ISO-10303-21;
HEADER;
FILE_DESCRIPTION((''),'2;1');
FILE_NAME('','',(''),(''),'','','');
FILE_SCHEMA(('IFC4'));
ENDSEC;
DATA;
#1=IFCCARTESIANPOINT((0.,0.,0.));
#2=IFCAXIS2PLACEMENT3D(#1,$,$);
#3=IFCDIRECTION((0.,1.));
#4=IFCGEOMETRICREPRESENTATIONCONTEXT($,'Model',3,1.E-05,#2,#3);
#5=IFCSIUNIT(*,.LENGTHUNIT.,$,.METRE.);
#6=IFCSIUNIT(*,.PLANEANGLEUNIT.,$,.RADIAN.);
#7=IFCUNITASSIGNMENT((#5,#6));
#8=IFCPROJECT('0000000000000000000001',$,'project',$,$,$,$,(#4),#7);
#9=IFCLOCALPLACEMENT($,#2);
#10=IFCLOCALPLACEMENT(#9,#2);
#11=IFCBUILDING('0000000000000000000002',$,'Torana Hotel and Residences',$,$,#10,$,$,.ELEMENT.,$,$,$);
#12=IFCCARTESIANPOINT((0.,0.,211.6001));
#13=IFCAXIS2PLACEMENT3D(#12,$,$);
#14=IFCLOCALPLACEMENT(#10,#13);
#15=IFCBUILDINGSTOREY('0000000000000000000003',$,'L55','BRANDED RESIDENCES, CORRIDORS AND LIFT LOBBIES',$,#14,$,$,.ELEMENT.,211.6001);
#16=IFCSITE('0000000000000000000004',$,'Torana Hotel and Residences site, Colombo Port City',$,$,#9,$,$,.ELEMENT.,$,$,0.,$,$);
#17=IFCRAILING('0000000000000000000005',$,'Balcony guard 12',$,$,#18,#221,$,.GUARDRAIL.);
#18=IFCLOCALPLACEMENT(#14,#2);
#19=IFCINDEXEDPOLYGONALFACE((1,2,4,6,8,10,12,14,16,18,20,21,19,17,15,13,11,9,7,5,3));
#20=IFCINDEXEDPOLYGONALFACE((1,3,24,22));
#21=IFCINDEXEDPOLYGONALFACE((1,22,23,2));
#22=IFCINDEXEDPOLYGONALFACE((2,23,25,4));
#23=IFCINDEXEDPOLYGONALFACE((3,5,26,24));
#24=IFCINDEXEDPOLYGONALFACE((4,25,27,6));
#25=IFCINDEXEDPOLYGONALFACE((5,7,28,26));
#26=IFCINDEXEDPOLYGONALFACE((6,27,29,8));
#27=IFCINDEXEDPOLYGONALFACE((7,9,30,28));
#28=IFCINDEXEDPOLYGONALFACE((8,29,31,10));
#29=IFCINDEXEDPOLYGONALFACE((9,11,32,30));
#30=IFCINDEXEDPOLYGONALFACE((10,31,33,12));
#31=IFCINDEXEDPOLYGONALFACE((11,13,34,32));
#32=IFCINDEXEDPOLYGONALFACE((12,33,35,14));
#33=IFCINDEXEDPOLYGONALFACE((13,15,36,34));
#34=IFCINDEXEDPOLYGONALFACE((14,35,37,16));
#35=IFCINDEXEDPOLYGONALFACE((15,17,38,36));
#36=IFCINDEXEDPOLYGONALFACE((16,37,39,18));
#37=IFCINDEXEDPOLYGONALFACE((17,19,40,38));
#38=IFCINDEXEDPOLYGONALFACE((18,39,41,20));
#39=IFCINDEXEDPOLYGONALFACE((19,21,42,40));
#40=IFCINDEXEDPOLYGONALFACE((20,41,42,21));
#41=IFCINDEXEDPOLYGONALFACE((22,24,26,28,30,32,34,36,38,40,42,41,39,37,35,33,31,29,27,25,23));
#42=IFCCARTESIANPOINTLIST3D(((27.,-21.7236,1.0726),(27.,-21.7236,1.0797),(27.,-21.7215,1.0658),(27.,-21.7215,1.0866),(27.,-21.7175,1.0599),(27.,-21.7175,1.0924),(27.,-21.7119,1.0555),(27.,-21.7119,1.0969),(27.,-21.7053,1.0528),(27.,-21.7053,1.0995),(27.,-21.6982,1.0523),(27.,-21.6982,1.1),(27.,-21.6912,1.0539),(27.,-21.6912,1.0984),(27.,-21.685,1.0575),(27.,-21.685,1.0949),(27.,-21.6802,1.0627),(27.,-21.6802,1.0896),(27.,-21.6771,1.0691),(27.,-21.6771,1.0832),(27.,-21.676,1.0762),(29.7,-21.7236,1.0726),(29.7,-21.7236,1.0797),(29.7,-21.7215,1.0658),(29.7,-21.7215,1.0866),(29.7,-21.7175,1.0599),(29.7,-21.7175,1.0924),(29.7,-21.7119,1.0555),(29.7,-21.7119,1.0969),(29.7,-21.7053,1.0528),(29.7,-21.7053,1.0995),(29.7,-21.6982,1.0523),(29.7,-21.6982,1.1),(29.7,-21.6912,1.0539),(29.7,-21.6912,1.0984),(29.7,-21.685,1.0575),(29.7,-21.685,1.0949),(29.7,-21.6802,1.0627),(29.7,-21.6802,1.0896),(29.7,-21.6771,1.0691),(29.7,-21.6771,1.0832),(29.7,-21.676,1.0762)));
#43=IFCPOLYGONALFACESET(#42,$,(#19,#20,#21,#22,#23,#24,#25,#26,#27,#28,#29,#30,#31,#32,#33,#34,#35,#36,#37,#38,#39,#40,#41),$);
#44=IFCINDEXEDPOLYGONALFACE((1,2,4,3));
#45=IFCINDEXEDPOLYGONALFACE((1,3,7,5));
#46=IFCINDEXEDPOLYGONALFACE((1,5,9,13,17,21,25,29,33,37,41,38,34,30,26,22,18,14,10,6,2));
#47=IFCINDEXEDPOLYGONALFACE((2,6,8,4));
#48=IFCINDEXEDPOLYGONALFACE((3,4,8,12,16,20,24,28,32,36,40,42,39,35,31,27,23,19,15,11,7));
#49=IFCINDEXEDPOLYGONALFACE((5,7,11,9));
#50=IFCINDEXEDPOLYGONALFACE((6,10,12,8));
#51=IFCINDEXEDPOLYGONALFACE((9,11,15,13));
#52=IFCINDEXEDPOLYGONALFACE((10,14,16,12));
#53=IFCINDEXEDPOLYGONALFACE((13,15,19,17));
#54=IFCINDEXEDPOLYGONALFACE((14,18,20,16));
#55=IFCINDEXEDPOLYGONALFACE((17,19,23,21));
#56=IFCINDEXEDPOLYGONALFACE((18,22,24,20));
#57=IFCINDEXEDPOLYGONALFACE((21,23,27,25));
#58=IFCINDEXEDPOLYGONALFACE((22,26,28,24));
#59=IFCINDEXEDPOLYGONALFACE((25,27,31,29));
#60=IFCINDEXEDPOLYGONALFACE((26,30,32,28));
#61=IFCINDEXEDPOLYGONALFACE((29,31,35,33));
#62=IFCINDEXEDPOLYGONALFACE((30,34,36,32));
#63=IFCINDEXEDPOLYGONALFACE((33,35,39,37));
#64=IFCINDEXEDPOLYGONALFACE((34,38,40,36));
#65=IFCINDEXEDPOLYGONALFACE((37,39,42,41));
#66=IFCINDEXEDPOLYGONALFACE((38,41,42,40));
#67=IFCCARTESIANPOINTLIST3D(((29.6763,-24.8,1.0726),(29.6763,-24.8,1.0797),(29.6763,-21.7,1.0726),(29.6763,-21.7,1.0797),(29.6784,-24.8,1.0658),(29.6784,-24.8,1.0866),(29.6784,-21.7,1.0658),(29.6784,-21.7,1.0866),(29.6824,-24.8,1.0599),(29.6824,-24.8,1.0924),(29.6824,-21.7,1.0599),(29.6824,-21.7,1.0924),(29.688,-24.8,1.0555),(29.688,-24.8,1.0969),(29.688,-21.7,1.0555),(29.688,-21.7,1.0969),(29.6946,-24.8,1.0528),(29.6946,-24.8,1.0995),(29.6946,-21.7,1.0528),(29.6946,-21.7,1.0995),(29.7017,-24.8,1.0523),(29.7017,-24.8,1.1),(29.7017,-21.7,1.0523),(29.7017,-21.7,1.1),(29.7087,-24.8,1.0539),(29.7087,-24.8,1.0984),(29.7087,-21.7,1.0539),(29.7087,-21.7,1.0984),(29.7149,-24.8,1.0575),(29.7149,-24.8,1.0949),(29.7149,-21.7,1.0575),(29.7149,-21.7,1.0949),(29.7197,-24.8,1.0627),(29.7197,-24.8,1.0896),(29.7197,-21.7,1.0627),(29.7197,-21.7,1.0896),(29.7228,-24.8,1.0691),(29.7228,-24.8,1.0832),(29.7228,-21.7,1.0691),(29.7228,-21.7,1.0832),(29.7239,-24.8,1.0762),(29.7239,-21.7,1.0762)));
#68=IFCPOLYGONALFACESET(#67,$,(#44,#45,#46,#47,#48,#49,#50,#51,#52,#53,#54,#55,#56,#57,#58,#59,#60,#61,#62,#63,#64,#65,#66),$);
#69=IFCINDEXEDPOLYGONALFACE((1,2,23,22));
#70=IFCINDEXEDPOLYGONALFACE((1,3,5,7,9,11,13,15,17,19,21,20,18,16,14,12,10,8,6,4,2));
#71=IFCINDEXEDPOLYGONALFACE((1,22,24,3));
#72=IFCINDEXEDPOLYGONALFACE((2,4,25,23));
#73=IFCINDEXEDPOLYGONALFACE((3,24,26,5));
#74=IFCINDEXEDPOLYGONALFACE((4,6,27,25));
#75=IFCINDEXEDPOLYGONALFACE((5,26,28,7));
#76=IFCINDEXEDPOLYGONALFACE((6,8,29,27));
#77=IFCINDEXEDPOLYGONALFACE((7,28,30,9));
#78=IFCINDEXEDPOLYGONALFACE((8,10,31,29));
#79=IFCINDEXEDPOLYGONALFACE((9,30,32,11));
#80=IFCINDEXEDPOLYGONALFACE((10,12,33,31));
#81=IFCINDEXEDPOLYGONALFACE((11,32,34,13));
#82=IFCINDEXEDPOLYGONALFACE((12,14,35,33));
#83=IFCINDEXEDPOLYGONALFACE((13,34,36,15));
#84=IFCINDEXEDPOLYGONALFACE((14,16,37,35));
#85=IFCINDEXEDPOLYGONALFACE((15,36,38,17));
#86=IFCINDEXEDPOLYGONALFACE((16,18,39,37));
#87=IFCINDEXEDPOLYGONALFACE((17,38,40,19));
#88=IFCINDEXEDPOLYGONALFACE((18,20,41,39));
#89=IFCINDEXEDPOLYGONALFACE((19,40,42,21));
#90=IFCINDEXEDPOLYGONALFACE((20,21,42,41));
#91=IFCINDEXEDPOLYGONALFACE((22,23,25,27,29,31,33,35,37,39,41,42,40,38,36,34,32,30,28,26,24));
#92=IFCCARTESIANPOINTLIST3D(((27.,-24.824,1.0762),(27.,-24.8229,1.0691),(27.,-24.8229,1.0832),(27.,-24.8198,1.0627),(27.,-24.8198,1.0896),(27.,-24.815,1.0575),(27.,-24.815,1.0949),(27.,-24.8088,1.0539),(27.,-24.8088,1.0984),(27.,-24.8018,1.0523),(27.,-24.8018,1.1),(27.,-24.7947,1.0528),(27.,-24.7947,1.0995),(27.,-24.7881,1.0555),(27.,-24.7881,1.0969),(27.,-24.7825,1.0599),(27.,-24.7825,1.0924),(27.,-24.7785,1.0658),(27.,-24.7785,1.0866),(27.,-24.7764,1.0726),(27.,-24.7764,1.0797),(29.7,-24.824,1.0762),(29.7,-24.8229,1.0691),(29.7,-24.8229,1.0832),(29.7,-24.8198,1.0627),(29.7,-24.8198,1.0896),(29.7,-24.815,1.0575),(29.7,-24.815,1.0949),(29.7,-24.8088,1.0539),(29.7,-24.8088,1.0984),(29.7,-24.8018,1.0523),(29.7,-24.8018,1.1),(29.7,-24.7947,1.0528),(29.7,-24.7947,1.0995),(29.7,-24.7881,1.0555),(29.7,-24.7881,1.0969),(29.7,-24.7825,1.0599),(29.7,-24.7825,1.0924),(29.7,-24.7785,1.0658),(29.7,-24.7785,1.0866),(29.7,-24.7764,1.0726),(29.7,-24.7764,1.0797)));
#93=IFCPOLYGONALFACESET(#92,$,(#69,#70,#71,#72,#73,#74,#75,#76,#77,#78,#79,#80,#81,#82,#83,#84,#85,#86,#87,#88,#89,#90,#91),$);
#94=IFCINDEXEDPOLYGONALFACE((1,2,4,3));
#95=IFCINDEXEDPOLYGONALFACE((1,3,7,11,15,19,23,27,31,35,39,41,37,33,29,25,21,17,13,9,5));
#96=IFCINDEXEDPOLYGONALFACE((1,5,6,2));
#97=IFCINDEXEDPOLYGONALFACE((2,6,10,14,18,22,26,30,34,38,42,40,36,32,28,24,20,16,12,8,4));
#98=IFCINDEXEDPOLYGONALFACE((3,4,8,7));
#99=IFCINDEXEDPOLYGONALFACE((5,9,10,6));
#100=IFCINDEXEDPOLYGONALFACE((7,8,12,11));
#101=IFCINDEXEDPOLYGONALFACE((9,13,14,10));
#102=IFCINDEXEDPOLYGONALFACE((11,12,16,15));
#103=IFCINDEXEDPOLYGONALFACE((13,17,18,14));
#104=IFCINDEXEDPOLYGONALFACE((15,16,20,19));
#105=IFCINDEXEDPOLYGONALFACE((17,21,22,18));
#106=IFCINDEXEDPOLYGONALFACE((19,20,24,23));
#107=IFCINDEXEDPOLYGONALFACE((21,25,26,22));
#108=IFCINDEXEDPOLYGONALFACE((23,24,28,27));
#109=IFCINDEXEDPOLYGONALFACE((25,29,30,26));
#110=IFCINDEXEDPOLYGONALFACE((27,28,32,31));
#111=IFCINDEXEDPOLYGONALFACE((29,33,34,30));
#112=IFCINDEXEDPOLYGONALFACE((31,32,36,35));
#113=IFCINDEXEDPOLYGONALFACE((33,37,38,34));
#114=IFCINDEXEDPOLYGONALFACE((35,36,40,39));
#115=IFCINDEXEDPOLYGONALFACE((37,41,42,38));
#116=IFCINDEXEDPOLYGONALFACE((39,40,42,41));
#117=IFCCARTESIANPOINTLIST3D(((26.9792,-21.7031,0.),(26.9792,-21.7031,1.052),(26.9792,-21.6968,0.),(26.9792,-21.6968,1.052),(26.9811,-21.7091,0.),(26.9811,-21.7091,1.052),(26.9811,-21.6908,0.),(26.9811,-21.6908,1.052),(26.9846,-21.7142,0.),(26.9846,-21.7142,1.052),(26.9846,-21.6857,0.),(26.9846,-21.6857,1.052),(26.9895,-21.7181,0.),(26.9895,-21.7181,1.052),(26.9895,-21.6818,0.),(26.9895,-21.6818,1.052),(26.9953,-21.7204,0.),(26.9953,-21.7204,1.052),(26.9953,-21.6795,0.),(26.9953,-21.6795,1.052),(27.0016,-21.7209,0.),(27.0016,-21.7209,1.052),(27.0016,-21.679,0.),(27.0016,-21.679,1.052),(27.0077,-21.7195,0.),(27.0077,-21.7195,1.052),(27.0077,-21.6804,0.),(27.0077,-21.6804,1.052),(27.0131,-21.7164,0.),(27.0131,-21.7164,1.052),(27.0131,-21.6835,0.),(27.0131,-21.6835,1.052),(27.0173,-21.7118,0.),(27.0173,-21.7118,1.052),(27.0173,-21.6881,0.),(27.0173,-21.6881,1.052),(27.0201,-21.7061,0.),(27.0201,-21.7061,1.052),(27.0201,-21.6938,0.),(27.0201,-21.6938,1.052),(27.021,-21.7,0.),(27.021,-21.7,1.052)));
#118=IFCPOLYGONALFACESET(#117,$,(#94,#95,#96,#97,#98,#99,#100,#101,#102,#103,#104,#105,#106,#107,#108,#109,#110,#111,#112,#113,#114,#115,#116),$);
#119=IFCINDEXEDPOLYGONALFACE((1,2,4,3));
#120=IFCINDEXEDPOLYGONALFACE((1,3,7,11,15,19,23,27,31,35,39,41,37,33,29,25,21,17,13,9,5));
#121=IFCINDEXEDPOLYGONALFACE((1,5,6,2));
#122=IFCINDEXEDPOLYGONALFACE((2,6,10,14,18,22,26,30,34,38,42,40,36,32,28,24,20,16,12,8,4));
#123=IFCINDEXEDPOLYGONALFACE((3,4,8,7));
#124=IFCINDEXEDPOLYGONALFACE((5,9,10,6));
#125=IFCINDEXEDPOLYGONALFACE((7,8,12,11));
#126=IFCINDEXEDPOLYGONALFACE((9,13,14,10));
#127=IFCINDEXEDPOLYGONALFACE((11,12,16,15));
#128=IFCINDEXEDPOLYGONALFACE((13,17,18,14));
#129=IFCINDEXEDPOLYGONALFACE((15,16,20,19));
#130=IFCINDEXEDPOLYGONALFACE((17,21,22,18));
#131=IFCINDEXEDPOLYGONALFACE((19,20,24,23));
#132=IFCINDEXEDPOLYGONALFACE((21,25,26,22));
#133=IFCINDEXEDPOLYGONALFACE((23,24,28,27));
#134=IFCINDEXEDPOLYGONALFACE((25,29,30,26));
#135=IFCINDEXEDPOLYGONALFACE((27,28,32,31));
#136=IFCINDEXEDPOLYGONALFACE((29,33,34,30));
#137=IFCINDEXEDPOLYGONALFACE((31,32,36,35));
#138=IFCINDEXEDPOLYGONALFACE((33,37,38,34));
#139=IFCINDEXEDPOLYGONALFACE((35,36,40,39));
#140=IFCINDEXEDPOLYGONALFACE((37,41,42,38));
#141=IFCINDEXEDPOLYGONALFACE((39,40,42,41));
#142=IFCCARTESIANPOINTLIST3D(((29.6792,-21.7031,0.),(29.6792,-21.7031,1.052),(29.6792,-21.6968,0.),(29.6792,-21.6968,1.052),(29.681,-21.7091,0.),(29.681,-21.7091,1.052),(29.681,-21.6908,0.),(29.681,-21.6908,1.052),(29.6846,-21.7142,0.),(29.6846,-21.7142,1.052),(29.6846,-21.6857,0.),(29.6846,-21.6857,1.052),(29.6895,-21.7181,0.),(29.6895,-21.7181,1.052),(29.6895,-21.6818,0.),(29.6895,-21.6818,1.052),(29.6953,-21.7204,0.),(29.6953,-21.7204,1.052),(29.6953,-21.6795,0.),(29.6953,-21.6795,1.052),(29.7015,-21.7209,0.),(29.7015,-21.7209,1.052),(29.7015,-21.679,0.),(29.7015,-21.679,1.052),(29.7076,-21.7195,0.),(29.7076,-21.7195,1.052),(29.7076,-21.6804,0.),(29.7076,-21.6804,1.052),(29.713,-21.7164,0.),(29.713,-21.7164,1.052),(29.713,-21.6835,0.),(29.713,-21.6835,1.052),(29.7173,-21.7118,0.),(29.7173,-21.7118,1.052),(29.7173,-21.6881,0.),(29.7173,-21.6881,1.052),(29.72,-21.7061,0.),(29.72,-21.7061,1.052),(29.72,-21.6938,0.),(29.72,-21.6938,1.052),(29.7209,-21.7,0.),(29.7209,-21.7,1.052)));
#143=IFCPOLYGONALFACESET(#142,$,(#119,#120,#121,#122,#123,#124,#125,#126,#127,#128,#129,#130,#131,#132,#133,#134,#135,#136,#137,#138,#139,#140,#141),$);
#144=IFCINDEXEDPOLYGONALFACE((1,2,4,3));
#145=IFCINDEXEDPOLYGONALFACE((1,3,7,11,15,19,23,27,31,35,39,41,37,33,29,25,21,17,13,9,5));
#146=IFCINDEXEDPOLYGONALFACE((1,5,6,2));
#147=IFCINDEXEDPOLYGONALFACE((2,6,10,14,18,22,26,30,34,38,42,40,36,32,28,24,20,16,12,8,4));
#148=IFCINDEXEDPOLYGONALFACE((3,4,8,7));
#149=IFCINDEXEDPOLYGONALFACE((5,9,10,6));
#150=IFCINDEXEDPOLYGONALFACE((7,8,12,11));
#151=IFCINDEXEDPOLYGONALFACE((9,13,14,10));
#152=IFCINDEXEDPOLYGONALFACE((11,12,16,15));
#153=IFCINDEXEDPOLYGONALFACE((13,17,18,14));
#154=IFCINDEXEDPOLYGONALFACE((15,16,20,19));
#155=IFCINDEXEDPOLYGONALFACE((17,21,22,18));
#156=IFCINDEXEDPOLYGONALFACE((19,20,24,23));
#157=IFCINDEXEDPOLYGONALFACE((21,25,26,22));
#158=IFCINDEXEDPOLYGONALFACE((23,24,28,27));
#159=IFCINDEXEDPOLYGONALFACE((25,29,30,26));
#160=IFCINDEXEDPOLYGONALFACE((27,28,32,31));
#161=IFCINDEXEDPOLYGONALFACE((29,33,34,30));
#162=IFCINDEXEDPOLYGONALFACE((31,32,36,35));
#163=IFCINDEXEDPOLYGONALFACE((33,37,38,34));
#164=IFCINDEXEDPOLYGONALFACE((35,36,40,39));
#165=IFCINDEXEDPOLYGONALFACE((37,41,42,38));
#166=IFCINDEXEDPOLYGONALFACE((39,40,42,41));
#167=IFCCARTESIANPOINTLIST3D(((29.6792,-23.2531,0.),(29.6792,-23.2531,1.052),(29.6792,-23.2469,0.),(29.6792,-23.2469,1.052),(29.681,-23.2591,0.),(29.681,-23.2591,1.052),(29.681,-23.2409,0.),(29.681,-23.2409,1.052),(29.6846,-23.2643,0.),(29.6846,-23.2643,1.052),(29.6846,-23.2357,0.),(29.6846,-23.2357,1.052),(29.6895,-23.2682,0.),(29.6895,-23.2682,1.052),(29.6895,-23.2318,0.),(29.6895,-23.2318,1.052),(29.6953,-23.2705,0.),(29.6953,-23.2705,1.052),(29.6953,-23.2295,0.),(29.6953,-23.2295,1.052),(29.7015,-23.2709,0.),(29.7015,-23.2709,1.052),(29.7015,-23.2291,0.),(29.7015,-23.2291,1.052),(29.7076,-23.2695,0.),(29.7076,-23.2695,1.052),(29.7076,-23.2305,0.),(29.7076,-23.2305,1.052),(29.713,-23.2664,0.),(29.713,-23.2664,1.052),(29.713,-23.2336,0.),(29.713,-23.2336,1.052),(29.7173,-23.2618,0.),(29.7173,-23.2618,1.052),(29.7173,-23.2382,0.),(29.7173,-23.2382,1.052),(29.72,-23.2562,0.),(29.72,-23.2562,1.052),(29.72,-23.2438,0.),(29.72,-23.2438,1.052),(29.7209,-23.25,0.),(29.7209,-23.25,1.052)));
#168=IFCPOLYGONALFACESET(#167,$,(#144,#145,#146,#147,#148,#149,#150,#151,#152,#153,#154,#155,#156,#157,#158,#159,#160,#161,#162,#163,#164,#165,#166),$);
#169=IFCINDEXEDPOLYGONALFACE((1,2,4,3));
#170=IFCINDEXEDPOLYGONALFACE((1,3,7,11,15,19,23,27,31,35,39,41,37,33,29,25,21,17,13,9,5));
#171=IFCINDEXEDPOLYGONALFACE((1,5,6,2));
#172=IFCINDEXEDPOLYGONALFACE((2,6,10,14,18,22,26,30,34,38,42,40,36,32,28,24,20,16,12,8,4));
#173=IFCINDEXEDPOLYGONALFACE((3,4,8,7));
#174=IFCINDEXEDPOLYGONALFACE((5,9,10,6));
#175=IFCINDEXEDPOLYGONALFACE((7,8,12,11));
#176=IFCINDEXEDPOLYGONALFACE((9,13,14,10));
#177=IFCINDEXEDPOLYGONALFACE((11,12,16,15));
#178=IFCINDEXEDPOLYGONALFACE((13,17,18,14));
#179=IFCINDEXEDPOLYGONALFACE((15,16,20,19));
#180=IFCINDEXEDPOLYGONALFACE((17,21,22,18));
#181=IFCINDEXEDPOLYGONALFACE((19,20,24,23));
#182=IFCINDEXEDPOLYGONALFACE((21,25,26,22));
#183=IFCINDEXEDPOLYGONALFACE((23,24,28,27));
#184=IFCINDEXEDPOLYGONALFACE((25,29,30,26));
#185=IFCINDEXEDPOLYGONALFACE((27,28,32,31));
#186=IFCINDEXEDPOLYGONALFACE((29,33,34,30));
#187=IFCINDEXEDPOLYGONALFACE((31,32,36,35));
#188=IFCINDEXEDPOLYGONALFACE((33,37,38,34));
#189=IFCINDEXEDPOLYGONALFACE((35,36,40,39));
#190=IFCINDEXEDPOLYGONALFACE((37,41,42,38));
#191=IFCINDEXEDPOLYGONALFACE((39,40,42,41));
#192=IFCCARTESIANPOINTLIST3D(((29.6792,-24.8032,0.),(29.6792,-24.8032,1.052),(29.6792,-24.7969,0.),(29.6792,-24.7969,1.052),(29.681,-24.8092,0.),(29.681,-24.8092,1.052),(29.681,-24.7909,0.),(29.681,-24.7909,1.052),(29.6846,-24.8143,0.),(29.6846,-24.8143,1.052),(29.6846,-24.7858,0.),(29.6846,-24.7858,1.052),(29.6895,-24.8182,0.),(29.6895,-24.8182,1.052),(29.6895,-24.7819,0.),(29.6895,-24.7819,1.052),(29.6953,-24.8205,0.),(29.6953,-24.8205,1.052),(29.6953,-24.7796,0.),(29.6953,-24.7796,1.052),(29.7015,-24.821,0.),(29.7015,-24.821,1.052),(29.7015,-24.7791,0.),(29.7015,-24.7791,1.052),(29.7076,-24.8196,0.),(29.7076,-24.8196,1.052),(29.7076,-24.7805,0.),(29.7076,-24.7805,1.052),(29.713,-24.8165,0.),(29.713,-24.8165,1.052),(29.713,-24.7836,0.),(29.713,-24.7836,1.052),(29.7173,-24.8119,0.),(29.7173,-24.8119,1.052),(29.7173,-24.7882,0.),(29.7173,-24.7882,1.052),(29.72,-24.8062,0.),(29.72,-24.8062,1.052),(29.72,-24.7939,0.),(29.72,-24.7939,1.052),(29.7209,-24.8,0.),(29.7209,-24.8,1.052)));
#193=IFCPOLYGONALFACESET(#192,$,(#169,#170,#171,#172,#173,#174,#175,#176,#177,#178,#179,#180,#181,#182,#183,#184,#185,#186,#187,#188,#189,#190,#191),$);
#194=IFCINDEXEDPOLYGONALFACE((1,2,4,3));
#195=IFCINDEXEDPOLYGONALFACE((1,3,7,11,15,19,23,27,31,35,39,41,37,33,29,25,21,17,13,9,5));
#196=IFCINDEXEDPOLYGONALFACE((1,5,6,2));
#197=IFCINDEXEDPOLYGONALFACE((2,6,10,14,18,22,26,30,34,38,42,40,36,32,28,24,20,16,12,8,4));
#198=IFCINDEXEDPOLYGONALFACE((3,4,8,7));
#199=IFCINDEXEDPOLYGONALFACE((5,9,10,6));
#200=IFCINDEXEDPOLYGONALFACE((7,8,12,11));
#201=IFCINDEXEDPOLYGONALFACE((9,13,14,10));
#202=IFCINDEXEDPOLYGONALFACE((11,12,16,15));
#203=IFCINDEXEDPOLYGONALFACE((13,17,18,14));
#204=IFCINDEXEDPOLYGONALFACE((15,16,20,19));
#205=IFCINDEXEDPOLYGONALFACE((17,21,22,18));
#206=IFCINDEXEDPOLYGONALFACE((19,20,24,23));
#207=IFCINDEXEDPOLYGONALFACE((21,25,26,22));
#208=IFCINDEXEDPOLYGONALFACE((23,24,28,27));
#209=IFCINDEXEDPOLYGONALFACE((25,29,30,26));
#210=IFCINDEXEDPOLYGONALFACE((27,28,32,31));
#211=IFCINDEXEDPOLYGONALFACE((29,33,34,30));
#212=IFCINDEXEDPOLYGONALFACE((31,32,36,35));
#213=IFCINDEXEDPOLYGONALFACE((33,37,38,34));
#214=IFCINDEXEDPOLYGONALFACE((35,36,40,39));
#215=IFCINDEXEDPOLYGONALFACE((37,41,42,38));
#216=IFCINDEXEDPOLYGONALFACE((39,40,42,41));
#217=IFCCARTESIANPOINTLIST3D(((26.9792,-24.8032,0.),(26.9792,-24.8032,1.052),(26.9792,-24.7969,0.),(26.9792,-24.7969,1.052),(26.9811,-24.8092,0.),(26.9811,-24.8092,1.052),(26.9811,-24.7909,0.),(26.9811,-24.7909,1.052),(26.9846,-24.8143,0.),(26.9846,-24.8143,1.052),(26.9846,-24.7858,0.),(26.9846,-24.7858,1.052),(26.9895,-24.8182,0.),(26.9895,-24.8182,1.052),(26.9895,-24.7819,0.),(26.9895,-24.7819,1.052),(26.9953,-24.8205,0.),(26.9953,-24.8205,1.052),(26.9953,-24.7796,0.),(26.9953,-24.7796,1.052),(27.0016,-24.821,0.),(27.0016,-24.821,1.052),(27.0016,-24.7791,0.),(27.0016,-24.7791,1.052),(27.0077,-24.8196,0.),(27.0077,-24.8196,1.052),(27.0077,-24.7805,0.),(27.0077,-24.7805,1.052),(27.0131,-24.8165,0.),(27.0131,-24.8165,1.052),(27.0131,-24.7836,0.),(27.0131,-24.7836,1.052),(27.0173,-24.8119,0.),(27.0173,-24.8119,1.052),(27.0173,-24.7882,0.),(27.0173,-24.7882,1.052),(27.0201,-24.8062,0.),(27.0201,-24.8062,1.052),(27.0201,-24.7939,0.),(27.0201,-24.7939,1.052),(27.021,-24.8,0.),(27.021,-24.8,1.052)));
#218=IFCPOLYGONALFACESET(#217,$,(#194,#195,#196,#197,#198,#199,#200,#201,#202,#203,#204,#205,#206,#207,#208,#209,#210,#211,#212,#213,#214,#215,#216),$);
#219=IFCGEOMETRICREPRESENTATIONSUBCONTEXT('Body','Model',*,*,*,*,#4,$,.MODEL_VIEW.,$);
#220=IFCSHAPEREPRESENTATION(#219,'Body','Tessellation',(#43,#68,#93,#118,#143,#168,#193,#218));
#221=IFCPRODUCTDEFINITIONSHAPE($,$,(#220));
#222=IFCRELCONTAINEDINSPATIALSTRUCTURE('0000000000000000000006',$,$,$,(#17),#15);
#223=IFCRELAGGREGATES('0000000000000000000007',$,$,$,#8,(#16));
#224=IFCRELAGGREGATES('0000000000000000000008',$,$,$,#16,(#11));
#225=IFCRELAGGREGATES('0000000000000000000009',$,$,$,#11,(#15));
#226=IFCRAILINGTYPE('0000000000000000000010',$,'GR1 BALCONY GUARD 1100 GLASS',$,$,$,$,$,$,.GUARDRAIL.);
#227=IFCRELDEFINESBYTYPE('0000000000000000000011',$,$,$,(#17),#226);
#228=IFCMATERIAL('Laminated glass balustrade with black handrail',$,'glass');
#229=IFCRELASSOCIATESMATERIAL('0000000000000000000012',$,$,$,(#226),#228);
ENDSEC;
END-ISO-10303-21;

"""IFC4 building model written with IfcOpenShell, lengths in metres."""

from ifc_helpers import new_model, si_unit, direction, frame, origin, origin_2d, place, context, subcontext, project, spatial, circle, extrude, material, type_object, element, save


model = new_model("IFC4")

# Units and contexts
model_context = context("Model", 3, precision=1e-05, world=origin(), true_north=direction((0.0, 1.0)))
body_context = subcontext(model_context, "Body", "Model", "MODEL_VIEW")
ifc_project = project(units=[si_unit("LENGTHUNIT", "METRE"), si_unit("PLANEANGLEUNIT", "RADIAN")], contexts=[model_context])

# Site, building, storey
site_placement = place(None, origin())
site = spatial("IfcSite", under=ifc_project, at=site_placement, Name="Torana Hotel and Residences site, Colombo Port City", CompositionType="ELEMENT", RefElevation=0.0)
building_placement = place(site_placement, origin())
building = spatial("IfcBuilding", under=site, at=building_placement, Name="Torana Hotel and Residences", CompositionType="ELEMENT")
storey_placement = place(building_placement, frame((0.0, 0.0, 211.6001)))
storey = spatial("IfcBuildingStorey", under=building, at=storey_placement, Name="L55", Description="BRANDED RESIDENCES, CORRIDORS AND LIFT LOBBIES", CompositionType="ELEMENT", Elevation=211.6001)

# Railing
ifc_material_1 = material(Name="Laminated glass balustrade with black handrail", Category="glass")
railing_type = type_object("IfcRailingType", Name="GR1 BALCONY GUARD 1100 GLASS", PredefinedType="GUARDRAIL", material=ifc_material_1)
railing_1_placement = place(storey_placement, frame((27.0, -21.7, 0.0)))
element("IfcRailing", 1, at=railing_1_placement, inside=storey, type_object=railing_type, Name="Balcony guard 12", PredefinedType="GUARDRAIL", context=body_context, shape_type="SweptSolid", body=[
    extrude(circle(Radius=0.0239, at=origin_2d()), frame((0.0, 0.0, 1.0762), z_axis=(1.0, 0.0, 0.0), x_axis=(0.0, 1.0, 0.0)), (0.0, 0.0, 1.0), 2.7),
    extrude(circle(Radius=0.0239, at=origin_2d()), frame((2.7, 0.0, 1.0762), z_axis=(0.0, -1.0, 0.0), x_axis=(1.0, 0.0, 0.0)), (0.0, 0.0, 1.0), 3.1001),
    extrude(circle(Radius=0.0239, at=origin_2d()), frame((2.7, -3.1001, 1.0762), z_axis=(-1.0, 0.0, 0.0), x_axis=(0.0, -1.0, 0.0)), (0.0, 0.0, 1.0), 2.7),
    extrude(circle(Radius=0.021, at=origin_2d()), origin(), (0.0, 0.0, 1.0), 1.052),
    extrude(circle(Radius=0.021, at=origin_2d()), frame((2.7, 0.0, 0.0)), (0.0, 0.0, 1.0), 1.052),
    extrude(circle(Radius=0.021, at=origin_2d()), frame((2.7, -1.55, 0.0)), (0.0, 0.0, 1.0), 1.052),
    extrude(circle(Radius=0.021, at=origin_2d()), frame((2.7, -3.1001, 0.0)), (0.0, 0.0, 1.0), 1.052),
    extrude(circle(Radius=0.021, at=origin_2d()), frame((0.0, -3.1001, 0.0)), (0.0, 0.0, 1.0), 1.052),
])

save(model, "model.ifc")
